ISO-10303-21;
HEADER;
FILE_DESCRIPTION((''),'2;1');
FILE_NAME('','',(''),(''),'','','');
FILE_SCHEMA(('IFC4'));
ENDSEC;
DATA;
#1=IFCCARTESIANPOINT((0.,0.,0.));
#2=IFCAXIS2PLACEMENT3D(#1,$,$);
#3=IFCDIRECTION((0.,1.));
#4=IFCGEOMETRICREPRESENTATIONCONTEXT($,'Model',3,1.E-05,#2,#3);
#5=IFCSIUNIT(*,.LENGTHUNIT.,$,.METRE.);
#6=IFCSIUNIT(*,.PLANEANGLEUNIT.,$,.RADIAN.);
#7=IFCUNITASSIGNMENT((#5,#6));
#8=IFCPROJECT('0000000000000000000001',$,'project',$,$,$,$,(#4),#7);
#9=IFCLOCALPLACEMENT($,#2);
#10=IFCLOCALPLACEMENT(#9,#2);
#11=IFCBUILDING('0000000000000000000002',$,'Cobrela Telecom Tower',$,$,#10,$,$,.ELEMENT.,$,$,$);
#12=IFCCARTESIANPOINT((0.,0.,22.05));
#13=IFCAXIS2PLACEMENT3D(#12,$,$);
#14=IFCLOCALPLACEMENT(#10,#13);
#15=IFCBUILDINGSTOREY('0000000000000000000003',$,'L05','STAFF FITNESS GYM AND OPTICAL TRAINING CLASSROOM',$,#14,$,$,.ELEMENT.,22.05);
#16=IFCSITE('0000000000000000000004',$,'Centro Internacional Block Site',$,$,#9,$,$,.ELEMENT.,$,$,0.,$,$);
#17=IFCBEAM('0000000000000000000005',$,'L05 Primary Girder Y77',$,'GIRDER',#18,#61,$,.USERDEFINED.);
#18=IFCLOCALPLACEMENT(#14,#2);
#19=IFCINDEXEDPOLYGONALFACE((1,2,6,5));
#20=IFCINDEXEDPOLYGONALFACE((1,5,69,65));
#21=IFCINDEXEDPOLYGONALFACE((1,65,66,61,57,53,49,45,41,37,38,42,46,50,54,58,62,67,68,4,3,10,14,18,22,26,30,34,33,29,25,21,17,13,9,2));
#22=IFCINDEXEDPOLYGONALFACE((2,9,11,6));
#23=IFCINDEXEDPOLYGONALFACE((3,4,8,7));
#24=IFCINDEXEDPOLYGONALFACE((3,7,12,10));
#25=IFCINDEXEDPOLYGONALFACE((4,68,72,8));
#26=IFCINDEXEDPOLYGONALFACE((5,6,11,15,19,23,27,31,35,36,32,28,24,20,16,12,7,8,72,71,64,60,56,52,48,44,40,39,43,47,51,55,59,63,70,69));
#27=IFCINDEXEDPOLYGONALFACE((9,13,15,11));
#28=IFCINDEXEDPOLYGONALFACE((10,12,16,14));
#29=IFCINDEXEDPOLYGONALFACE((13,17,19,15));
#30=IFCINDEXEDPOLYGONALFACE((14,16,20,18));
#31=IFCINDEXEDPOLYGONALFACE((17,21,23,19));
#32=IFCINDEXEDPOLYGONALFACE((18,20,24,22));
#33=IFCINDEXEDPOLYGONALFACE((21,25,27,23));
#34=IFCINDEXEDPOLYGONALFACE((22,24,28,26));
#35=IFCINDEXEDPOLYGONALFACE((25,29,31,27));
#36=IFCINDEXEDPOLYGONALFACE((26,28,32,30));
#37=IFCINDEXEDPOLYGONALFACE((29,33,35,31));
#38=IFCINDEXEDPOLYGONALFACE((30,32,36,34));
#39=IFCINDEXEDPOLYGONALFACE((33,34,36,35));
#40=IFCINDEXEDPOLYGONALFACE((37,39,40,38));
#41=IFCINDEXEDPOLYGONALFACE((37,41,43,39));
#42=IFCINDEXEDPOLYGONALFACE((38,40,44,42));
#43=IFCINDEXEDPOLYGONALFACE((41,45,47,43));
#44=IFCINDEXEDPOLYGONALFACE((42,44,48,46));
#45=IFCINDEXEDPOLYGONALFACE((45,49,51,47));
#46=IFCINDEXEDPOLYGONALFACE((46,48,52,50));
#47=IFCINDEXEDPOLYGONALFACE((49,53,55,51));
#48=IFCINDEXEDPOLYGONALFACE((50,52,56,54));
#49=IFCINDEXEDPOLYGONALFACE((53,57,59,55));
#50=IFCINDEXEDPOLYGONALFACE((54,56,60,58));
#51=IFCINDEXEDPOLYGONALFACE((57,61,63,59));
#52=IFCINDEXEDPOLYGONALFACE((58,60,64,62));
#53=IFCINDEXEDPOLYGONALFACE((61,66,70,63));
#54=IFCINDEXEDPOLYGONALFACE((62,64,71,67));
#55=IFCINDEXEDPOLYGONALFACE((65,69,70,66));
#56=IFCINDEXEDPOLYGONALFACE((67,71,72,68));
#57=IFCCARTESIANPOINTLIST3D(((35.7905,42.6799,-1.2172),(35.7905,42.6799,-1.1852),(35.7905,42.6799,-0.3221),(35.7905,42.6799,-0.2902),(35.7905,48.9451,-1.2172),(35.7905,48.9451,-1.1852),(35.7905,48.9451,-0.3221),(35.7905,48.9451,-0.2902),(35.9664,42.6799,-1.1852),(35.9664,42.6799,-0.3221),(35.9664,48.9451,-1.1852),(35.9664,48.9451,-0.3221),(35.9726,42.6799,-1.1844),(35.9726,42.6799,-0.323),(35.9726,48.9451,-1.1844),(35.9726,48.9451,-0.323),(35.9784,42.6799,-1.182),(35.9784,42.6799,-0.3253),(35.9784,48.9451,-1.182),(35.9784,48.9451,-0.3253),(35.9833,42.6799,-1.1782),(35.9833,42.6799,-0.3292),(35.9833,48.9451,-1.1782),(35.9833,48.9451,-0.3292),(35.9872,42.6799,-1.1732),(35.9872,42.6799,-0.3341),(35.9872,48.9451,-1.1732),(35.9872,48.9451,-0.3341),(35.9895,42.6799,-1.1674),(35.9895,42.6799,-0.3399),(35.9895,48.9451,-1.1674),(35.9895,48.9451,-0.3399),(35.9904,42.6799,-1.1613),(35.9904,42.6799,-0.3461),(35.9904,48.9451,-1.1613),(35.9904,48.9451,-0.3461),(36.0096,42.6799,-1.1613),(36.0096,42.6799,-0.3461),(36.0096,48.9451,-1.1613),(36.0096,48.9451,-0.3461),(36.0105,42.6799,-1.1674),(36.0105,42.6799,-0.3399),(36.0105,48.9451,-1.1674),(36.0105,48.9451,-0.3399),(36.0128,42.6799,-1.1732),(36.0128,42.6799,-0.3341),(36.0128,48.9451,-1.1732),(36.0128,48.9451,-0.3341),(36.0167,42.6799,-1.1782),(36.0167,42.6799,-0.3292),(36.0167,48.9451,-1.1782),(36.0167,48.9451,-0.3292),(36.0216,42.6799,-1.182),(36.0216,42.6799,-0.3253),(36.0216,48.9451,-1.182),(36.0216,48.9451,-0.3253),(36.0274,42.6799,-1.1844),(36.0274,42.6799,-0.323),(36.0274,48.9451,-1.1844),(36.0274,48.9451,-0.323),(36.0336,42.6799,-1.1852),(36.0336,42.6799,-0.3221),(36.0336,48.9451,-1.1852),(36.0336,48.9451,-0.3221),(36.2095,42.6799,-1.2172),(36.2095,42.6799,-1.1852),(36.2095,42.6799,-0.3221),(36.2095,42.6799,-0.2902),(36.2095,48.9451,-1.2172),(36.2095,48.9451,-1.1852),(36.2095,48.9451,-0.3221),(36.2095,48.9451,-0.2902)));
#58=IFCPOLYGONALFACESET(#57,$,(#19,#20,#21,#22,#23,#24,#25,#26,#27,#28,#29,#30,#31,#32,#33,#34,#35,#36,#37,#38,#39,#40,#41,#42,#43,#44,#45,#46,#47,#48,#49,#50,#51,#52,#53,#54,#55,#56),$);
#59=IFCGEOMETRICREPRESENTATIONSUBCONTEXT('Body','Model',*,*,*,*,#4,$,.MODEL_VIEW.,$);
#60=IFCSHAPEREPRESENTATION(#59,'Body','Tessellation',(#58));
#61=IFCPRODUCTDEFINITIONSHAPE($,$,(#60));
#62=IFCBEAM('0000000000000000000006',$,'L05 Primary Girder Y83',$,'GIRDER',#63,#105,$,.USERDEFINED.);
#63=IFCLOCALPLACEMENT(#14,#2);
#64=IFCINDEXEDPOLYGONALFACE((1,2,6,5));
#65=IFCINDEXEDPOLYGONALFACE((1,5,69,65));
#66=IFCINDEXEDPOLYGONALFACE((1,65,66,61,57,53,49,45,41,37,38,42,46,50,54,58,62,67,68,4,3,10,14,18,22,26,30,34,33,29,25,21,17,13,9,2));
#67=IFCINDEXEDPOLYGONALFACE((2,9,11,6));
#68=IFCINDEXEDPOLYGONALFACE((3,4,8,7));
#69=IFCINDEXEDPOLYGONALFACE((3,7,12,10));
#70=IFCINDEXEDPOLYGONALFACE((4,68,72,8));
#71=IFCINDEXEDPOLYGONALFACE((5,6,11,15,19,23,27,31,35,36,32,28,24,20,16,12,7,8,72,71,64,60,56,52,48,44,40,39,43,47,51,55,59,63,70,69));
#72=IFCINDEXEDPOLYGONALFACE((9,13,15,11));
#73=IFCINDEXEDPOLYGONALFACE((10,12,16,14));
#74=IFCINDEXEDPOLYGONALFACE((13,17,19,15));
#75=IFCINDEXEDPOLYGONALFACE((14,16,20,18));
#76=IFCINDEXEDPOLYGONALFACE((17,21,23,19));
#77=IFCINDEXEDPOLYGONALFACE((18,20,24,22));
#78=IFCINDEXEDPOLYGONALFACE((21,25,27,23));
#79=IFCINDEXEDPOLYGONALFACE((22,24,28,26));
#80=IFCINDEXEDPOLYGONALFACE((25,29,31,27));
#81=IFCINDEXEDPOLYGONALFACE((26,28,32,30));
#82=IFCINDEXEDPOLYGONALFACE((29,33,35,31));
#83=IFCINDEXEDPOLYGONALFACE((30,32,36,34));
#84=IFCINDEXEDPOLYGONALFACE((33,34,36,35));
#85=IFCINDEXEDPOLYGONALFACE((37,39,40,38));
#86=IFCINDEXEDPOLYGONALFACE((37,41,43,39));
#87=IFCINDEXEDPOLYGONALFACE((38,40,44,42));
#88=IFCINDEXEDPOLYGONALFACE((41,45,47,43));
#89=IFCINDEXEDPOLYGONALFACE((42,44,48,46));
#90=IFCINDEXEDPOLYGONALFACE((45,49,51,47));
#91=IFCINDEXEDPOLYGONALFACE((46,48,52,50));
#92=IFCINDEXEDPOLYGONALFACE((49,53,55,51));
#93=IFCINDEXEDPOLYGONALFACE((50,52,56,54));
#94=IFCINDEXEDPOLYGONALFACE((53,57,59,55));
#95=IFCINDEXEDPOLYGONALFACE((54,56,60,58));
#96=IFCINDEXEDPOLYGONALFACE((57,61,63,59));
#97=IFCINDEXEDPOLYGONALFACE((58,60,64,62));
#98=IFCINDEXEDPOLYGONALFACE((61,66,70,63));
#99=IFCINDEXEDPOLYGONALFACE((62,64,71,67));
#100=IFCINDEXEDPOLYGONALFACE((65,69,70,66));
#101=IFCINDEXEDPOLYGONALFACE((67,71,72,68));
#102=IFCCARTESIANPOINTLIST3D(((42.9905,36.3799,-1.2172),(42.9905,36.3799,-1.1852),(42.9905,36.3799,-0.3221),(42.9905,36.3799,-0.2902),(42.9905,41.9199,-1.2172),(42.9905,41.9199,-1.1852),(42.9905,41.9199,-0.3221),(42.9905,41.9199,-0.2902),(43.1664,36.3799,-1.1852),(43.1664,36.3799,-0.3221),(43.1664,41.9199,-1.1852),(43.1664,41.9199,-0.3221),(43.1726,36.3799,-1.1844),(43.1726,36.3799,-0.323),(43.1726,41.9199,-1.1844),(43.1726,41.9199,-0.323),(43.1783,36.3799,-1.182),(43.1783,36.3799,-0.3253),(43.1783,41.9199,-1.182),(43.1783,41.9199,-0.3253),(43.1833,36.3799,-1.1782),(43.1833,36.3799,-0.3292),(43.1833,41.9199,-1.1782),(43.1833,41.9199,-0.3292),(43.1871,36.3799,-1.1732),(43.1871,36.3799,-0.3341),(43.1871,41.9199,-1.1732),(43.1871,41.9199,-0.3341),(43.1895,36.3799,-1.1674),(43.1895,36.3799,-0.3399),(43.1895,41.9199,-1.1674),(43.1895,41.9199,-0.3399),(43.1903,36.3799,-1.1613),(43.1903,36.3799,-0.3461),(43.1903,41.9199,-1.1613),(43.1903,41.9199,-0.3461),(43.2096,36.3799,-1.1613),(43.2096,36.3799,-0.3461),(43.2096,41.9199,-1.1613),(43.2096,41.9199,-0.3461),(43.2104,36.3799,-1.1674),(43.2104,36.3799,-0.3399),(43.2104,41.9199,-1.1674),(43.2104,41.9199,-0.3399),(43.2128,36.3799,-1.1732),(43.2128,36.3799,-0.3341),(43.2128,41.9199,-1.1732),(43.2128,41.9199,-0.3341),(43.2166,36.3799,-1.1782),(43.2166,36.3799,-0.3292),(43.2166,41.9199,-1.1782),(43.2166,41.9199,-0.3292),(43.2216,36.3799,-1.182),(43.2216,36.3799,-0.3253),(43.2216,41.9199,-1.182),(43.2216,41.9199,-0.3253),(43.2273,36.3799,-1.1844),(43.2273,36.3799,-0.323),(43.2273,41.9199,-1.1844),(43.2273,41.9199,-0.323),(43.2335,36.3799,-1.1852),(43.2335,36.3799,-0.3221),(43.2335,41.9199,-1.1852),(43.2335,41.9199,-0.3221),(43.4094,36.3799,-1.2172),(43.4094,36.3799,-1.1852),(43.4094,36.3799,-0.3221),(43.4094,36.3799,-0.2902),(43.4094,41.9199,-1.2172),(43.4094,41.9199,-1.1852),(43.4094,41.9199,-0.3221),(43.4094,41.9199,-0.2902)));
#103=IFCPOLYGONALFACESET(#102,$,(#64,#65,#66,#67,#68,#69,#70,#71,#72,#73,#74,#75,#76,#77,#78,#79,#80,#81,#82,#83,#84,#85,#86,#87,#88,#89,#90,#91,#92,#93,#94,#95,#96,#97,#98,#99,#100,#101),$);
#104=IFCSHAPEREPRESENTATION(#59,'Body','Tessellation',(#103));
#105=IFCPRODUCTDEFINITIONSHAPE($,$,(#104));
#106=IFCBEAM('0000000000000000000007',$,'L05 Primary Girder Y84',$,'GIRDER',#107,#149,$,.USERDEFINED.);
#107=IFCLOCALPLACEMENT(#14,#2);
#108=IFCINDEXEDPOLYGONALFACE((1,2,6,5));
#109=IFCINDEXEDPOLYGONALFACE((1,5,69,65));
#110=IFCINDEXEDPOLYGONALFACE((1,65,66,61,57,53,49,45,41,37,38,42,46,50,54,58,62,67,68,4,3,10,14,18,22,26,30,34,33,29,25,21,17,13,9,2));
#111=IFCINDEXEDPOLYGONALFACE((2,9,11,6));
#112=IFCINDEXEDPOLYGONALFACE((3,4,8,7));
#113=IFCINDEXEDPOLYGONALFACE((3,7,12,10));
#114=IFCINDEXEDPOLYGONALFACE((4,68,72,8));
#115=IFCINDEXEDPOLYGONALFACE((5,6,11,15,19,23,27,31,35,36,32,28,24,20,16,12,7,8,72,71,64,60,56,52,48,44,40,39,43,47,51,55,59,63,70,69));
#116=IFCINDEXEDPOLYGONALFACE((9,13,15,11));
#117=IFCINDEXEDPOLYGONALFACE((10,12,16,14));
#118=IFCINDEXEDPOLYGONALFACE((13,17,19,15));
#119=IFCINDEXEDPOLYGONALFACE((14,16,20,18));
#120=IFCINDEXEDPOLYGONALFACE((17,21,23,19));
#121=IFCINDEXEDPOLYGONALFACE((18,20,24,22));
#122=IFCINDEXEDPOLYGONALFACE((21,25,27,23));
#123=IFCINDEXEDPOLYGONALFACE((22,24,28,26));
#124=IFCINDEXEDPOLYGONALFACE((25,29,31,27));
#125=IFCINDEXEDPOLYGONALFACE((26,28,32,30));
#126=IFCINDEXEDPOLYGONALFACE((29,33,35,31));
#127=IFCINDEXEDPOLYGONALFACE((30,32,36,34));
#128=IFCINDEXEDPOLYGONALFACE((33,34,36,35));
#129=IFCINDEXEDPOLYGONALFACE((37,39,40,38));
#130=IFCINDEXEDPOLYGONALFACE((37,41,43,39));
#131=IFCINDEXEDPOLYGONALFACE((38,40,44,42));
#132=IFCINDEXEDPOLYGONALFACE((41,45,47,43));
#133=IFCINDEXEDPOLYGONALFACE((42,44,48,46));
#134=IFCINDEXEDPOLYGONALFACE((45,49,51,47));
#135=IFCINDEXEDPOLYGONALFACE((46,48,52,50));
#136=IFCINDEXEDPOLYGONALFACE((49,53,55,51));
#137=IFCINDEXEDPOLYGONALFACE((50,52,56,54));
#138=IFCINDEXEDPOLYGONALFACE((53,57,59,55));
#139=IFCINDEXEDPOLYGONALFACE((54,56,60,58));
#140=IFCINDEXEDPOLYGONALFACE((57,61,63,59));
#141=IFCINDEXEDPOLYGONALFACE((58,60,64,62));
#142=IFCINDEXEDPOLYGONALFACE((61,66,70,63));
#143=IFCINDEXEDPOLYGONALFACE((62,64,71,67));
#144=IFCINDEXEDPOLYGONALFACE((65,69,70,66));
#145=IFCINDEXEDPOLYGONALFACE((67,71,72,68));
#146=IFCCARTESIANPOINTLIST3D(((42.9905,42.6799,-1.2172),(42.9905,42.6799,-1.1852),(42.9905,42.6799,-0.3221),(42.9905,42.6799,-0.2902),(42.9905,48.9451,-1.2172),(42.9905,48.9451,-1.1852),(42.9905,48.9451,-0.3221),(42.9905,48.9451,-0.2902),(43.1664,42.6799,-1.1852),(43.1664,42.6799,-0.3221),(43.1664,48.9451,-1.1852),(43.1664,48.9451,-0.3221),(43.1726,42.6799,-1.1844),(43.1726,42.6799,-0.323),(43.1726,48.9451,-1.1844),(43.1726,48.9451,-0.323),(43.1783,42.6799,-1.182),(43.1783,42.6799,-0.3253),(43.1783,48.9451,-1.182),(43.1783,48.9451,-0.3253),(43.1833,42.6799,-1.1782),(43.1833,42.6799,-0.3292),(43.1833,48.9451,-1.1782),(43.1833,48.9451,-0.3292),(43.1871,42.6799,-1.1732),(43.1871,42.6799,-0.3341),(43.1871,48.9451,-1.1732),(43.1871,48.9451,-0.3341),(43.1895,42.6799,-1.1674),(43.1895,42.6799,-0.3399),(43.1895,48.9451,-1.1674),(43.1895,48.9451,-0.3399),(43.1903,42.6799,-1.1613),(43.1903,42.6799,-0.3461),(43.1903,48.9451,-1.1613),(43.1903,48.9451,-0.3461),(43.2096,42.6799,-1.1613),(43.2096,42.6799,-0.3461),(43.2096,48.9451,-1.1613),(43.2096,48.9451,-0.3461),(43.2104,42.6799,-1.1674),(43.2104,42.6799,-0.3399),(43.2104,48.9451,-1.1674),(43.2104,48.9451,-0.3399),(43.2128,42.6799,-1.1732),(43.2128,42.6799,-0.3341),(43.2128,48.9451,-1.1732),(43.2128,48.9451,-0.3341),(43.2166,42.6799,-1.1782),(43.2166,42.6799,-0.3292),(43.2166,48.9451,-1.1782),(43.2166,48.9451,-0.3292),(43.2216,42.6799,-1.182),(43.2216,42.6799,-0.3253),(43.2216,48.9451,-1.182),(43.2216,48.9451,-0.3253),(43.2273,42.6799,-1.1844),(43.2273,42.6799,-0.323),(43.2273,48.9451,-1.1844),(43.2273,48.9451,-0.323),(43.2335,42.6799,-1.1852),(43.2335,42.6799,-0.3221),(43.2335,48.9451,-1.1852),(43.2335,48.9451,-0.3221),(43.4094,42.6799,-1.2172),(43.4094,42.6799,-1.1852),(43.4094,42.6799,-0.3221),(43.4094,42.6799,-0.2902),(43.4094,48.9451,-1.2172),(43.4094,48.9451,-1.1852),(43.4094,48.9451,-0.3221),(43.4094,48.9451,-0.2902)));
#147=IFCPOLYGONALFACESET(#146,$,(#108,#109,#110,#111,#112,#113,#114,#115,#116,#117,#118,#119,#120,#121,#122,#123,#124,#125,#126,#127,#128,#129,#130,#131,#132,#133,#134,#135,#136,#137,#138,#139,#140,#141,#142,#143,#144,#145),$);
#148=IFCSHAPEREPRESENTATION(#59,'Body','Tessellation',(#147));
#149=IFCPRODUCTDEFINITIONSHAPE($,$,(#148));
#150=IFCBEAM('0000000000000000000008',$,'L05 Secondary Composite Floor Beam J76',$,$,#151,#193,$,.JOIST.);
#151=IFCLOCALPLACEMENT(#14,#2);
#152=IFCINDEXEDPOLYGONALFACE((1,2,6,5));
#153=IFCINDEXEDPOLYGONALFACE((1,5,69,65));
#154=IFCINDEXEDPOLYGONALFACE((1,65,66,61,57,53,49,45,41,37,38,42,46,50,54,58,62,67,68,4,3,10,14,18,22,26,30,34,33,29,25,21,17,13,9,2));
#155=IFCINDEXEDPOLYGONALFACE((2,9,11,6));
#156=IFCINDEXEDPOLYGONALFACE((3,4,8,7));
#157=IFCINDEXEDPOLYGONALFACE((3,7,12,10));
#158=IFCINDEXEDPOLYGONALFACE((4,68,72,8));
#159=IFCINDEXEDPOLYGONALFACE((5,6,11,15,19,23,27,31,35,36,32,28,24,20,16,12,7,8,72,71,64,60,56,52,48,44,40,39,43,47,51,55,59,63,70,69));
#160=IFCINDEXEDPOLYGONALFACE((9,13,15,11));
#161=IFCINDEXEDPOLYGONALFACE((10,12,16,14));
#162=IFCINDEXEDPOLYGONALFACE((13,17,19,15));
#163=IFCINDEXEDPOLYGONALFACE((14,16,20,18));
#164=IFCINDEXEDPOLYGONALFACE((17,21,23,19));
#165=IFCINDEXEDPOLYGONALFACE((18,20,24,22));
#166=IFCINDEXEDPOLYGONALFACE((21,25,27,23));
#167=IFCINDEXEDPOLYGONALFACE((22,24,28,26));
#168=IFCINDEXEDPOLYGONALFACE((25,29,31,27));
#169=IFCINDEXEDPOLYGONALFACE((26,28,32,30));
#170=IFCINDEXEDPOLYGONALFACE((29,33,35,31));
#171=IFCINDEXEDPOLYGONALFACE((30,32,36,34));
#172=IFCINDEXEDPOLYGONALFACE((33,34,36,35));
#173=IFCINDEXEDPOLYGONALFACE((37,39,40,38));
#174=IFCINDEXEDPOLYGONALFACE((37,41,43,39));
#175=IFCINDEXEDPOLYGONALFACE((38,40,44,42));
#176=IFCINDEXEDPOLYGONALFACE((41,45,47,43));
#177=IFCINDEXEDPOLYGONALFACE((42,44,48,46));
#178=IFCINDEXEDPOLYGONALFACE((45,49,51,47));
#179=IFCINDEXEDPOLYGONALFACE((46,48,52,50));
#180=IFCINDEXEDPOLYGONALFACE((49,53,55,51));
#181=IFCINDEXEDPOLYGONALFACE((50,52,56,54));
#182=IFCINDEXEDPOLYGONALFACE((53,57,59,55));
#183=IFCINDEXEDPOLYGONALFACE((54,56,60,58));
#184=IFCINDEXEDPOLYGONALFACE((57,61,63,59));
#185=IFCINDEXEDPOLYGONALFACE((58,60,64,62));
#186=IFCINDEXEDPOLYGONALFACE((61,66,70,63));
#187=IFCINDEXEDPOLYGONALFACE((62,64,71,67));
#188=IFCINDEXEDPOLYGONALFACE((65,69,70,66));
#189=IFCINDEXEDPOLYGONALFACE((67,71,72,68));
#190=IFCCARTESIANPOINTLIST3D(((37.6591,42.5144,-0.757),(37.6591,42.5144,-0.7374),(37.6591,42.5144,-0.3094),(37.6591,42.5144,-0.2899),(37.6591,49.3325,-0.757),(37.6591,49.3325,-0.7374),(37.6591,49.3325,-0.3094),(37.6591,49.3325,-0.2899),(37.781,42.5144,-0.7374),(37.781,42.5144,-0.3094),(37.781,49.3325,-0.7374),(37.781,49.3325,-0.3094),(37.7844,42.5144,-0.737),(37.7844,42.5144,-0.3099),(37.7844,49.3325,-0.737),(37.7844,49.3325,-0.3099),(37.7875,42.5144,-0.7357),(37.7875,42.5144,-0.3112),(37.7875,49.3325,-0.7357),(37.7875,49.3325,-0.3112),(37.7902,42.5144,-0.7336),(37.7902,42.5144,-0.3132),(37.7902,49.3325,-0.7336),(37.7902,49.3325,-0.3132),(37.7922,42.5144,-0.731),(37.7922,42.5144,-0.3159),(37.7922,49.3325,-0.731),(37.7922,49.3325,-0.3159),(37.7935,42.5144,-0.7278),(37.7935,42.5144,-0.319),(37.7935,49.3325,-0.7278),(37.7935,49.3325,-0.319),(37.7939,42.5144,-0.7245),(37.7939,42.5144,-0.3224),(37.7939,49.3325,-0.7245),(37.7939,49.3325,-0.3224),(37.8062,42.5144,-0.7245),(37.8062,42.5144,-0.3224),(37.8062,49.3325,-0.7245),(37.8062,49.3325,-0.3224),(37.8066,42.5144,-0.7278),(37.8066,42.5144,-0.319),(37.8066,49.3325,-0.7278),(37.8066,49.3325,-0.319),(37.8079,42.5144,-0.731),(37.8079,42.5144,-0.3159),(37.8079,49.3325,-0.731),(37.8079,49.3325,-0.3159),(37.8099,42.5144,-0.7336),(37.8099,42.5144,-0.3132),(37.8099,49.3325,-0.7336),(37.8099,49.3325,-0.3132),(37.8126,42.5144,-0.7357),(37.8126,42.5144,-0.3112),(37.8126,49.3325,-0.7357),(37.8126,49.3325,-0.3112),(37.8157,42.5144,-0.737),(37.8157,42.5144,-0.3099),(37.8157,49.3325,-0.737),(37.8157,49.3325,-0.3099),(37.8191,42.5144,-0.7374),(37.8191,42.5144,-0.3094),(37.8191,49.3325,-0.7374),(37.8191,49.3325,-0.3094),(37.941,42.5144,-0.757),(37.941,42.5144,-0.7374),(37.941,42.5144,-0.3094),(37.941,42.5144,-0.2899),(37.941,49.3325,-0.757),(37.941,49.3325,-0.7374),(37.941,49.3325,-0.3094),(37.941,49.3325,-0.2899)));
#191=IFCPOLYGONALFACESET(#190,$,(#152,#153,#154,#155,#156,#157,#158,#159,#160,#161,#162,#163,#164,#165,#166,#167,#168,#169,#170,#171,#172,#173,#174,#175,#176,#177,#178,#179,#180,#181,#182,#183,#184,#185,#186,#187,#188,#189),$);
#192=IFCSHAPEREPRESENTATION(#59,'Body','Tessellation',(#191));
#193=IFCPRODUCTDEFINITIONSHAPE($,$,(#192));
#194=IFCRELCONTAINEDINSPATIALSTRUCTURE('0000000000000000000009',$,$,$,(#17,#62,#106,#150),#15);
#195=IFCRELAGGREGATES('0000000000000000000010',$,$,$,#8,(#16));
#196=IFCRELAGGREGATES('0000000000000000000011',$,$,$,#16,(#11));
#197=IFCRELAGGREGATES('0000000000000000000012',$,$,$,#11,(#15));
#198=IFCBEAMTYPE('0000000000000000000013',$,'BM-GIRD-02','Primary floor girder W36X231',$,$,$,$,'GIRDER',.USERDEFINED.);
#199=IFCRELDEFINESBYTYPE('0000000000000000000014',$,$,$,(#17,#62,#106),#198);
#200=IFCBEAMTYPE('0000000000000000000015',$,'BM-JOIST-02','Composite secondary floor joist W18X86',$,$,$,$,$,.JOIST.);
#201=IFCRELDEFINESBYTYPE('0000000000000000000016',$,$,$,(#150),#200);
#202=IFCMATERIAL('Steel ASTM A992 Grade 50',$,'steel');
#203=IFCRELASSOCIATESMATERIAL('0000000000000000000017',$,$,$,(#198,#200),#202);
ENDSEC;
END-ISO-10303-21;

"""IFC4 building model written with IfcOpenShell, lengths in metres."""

from ifc_helpers import new_model, si_unit, direction, frame, origin, origin_2d, place, context, subcontext, project, spatial, i_section, extrude, material, material_profile, profile_set, type_object, element, save


model = new_model("IFC4")

# Units and contexts
model_context = context("Model", 3, precision=1e-05, world=origin(), true_north=direction((0.0, 1.0)))
body_context = subcontext(model_context, "Body", "Model", "MODEL_VIEW")
ifc_project = project(units=[si_unit("LENGTHUNIT", "METRE"), si_unit("PLANEANGLEUNIT", "RADIAN")], contexts=[model_context])

# Site, building, storey
site_placement = place(None, origin())
site = spatial("IfcSite", under=ifc_project, at=site_placement, Name="Centro Internacional Block Site", CompositionType="ELEMENT", RefElevation=0.0)
building_placement = place(site_placement, origin())
building = spatial("IfcBuilding", under=site, at=building_placement, Name="Cobrela Telecom Tower", CompositionType="ELEMENT")
storey_placement = place(building_placement, frame((0.0, 0.0, 22.05)))
storey = spatial("IfcBuildingStorey", under=building, at=storey_placement, Name="L05", Description="STAFF FITNESS GYM AND OPTICAL TRAINING CLASSROOM", CompositionType="ELEMENT", Elevation=22.05)

# Beams
ifc_material_1 = material(Name="Steel ASTM A992 Grade 50", Category="steel")
ifc_material_profile_1 = material_profile(ifc_material_1, i_section(OverallWidth=0.4189, OverallDepth=0.927, WebThickness=0.0193, FlangeThickness=0.032, FilletRadius=0.0239, at=origin_2d()), Name="W36X231")
ifc_profile_set_1 = profile_set([ifc_material_profile_1], Name="Steel ASTM A992 Grade 50")
beam_type_1 = type_object("IfcBeamType", Name="BM-GIRD-02", Description="Primary floor girder W36X231", ElementType="GIRDER", PredefinedType="USERDEFINED", material=ifc_profile_set_1)
beam_1_placement = place(storey_placement, frame((36.0, 42.6799, -0.7537), z_axis=(0.0, 1.0, 0.0), x_axis=(-1.0, 0.0, 0.0)))
element("IfcBeam", 1, at=beam_1_placement, inside=storey, type_object=beam_type_1, Name="L05 Primary Girder Y77", ObjectType="GIRDER", PredefinedType="USERDEFINED", context=body_context, shape_type="SweptSolid", body=[
    extrude(i_section(OverallWidth=0.4189, OverallDepth=0.927, WebThickness=0.0193, FlangeThickness=0.032, FilletRadius=0.0239, at=origin_2d()), origin(), (0.0, 0.0, 1.0), 6.2651),
])
beam_2_placement = place(storey_placement, frame((43.2, 36.3799, -0.7537), z_axis=(0.0, 1.0, 0.0), x_axis=(-1.0, 0.0, 0.0)))
element("IfcBeam", 2, at=beam_2_placement, inside=storey, type_object=beam_type_1, Name="L05 Primary Girder Y83", ObjectType="GIRDER", PredefinedType="USERDEFINED", context=body_context, shape_type="SweptSolid", body=[
    extrude(i_section(OverallWidth=0.4189, OverallDepth=0.927, WebThickness=0.0193, FlangeThickness=0.032, FilletRadius=0.0239, at=origin_2d()), origin(), (0.0, 0.0, 1.0), 5.54),
])
beam_3_placement = place(storey_placement, frame((43.2, 42.6799, -0.7537), z_axis=(0.0, 1.0, 0.0), x_axis=(-1.0, 0.0, 0.0)))
element("IfcBeam", 3, at=beam_3_placement, inside=storey, type_object=beam_type_1, Name="L05 Primary Girder Y84", ObjectType="GIRDER", PredefinedType="USERDEFINED", context=body_context, shape_type="SweptSolid", body=[
    extrude(i_section(OverallWidth=0.4189, OverallDepth=0.927, WebThickness=0.0193, FlangeThickness=0.032, FilletRadius=0.0239, at=origin_2d()), origin(), (0.0, 0.0, 1.0), 6.2651),
])
ifc_material_profile_2 = material_profile(ifc_material_1, i_section(OverallWidth=0.282, OverallDepth=0.467, WebThickness=0.0122, FlangeThickness=0.0195, FilletRadius=0.0129, at=origin_2d()), Name="W18X86")
ifc_profile_set_2 = profile_set([ifc_material_profile_2], Name="Steel ASTM A992 Grade 50")
beam_type_2 = type_object("IfcBeamType", Name="BM-JOIST-02", Description="Composite secondary floor joist W18X86", PredefinedType="JOIST", material=ifc_profile_set_2)
beam_4_placement = place(storey_placement, frame((37.8, 42.5144, -0.5234), z_axis=(0.0, 1.0, 0.0), x_axis=(-1.0, 0.0, 0.0)))
element("IfcBeam", 4, at=beam_4_placement, inside=storey, type_object=beam_type_2, Name="L05 Secondary Composite Floor Beam J76", PredefinedType="JOIST", context=body_context, shape_type="SweptSolid", body=[
    extrude(i_section(OverallWidth=0.282, OverallDepth=0.467, WebThickness=0.0122, FlangeThickness=0.0195, FilletRadius=0.0129, at=origin_2d()), origin(), (0.0, 0.0, 1.0), 6.8181),
])

save(model, "model.ifc")
